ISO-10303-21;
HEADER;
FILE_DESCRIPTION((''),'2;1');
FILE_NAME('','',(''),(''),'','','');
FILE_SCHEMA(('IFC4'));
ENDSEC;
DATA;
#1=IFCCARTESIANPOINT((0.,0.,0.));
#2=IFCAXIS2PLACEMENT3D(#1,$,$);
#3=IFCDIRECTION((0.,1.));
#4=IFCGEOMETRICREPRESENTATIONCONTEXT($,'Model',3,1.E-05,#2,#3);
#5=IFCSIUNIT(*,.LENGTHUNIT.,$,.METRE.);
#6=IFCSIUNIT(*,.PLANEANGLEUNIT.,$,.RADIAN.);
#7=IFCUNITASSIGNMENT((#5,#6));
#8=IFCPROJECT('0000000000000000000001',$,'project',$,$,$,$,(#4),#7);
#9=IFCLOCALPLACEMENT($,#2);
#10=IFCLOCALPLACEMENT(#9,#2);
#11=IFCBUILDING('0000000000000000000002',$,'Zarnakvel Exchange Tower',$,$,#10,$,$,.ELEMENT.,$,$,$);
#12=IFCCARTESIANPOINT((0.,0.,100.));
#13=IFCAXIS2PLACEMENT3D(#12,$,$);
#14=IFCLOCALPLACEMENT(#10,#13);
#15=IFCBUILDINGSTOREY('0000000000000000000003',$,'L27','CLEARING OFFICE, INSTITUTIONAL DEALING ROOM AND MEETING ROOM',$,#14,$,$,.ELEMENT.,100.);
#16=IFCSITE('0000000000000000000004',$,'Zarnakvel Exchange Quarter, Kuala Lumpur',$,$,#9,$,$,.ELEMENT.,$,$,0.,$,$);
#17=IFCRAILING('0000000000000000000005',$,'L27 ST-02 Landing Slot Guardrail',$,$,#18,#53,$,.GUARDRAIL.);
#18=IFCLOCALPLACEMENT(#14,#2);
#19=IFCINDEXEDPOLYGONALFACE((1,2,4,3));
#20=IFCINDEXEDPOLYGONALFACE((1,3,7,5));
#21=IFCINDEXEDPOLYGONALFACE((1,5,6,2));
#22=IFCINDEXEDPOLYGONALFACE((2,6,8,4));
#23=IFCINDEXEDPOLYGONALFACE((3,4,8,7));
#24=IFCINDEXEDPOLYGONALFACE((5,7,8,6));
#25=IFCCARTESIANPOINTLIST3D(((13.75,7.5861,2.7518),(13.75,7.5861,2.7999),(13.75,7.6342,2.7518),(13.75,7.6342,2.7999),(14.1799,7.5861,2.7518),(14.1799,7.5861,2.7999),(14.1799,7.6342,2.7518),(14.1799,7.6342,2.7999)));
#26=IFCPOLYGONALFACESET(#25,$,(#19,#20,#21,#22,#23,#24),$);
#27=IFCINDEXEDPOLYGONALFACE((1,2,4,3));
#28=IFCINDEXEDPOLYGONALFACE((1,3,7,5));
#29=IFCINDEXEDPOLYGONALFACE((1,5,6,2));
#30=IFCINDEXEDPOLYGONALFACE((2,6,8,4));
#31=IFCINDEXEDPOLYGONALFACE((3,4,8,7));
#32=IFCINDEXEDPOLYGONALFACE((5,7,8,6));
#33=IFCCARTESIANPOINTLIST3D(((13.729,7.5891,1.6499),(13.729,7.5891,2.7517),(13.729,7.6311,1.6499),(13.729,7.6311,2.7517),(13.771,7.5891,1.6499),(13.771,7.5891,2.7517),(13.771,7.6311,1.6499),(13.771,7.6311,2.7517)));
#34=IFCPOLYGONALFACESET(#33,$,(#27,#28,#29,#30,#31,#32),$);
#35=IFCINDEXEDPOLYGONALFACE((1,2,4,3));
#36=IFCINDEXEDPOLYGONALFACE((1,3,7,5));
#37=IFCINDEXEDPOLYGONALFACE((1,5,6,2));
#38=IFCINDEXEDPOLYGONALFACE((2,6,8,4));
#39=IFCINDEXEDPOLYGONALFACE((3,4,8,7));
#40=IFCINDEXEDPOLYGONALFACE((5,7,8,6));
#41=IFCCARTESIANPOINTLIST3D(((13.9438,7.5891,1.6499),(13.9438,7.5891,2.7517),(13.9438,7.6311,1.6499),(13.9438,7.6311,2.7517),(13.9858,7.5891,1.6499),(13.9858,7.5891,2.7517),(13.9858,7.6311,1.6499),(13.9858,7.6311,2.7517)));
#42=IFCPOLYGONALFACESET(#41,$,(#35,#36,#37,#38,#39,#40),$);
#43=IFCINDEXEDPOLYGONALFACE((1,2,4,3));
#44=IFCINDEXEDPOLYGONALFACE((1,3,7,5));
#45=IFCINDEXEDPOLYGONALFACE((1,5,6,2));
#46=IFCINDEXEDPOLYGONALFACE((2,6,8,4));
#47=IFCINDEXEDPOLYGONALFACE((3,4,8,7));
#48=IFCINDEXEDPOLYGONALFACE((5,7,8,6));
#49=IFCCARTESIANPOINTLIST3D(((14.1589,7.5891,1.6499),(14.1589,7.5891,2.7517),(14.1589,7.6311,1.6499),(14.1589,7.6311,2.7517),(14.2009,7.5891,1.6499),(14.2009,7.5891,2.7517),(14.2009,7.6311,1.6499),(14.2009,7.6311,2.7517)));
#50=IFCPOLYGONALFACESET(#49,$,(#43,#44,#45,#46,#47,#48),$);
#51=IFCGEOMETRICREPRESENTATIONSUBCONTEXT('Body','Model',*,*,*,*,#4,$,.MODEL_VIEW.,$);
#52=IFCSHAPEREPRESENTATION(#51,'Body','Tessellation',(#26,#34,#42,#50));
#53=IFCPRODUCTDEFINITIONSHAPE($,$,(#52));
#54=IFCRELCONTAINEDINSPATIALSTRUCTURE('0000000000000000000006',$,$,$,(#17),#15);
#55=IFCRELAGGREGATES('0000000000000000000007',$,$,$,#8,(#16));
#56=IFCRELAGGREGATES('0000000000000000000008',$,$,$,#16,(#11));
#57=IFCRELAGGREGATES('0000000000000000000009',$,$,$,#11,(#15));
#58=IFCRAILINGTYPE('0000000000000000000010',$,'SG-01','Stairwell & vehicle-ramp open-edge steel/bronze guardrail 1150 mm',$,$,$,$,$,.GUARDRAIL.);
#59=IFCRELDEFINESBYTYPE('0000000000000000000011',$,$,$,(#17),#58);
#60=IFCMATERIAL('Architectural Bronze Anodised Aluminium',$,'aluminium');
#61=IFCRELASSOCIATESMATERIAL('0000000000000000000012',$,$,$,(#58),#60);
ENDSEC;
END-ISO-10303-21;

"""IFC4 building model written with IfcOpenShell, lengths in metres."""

from ifc_helpers import new_model, si_unit, direction, frame, origin, origin_2d, place, context, subcontext, project, spatial, rectangle, extrude, material, type_object, element, save


model = new_model("IFC4")

# Units and contexts
model_context = context("Model", 3, precision=1e-05, world=origin(), true_north=direction((0.0, 1.0)))
body_context = subcontext(model_context, "Body", "Model", "MODEL_VIEW")
ifc_project = project(units=[si_unit("LENGTHUNIT", "METRE"), si_unit("PLANEANGLEUNIT", "RADIAN")], contexts=[model_context])

# Site, building, storey
site_placement = place(None, origin())
site = spatial("IfcSite", under=ifc_project, at=site_placement, Name="Zarnakvel Exchange Quarter, Kuala Lumpur", CompositionType="ELEMENT", RefElevation=0.0)
building_placement = place(site_placement, origin())
building = spatial("IfcBuilding", under=site, at=building_placement, Name="Zarnakvel Exchange Tower", CompositionType="ELEMENT")
storey_placement = place(building_placement, frame((0.0, 0.0, 100.0)))
storey = spatial("IfcBuildingStorey", under=building, at=storey_placement, Name="L27", Description="CLEARING OFFICE, INSTITUTIONAL DEALING ROOM AND MEETING ROOM", CompositionType="ELEMENT", Elevation=100.0)

# Shared definitions
ifc_material_1 = material(Name="Architectural Bronze Anodised Aluminium", Category="aluminium")

# Railing
railing_type_1 = type_object("IfcRailingType", Name="SG-01", Description="Stairwell & vehicle-ramp open-edge steel/bronze guardrail 1150 mm", PredefinedType="GUARDRAIL", material=ifc_material_1)
railing_1_placement = place(storey_placement, frame((13.75, 7.6101, 1.6499)))
element("IfcRailing", 1, at=railing_1_placement, inside=storey, type_object=railing_type_1, Name="L27 ST-02 Landing Slot Guardrail", PredefinedType="GUARDRAIL", context=body_context, shape_type="SweptSolid", body=[
    extrude(rectangle(XDim=0.0481, YDim=0.0481, at=origin_2d()), frame((0.0, 0.0, 1.126), z_axis=(1.0, 0.0, 0.0), x_axis=(0.0, 1.0, 0.0)), (0.0, 0.0, 1.0), 0.4299),
    extrude(rectangle(XDim=0.042, YDim=0.042, at=origin_2d()), origin(), (0.0, 0.0, 1.0), 1.1018),
    extrude(rectangle(XDim=0.042, YDim=0.042, at=origin_2d()), frame((0.2148, 0.0, 0.0)), (0.0, 0.0, 1.0), 1.1018),
    extrude(rectangle(XDim=0.042, YDim=0.042, at=origin_2d()), frame((0.4299, 0.0, 0.0)), (0.0, 0.0, 1.0), 1.1018),
])

save(model, "model.ifc")
